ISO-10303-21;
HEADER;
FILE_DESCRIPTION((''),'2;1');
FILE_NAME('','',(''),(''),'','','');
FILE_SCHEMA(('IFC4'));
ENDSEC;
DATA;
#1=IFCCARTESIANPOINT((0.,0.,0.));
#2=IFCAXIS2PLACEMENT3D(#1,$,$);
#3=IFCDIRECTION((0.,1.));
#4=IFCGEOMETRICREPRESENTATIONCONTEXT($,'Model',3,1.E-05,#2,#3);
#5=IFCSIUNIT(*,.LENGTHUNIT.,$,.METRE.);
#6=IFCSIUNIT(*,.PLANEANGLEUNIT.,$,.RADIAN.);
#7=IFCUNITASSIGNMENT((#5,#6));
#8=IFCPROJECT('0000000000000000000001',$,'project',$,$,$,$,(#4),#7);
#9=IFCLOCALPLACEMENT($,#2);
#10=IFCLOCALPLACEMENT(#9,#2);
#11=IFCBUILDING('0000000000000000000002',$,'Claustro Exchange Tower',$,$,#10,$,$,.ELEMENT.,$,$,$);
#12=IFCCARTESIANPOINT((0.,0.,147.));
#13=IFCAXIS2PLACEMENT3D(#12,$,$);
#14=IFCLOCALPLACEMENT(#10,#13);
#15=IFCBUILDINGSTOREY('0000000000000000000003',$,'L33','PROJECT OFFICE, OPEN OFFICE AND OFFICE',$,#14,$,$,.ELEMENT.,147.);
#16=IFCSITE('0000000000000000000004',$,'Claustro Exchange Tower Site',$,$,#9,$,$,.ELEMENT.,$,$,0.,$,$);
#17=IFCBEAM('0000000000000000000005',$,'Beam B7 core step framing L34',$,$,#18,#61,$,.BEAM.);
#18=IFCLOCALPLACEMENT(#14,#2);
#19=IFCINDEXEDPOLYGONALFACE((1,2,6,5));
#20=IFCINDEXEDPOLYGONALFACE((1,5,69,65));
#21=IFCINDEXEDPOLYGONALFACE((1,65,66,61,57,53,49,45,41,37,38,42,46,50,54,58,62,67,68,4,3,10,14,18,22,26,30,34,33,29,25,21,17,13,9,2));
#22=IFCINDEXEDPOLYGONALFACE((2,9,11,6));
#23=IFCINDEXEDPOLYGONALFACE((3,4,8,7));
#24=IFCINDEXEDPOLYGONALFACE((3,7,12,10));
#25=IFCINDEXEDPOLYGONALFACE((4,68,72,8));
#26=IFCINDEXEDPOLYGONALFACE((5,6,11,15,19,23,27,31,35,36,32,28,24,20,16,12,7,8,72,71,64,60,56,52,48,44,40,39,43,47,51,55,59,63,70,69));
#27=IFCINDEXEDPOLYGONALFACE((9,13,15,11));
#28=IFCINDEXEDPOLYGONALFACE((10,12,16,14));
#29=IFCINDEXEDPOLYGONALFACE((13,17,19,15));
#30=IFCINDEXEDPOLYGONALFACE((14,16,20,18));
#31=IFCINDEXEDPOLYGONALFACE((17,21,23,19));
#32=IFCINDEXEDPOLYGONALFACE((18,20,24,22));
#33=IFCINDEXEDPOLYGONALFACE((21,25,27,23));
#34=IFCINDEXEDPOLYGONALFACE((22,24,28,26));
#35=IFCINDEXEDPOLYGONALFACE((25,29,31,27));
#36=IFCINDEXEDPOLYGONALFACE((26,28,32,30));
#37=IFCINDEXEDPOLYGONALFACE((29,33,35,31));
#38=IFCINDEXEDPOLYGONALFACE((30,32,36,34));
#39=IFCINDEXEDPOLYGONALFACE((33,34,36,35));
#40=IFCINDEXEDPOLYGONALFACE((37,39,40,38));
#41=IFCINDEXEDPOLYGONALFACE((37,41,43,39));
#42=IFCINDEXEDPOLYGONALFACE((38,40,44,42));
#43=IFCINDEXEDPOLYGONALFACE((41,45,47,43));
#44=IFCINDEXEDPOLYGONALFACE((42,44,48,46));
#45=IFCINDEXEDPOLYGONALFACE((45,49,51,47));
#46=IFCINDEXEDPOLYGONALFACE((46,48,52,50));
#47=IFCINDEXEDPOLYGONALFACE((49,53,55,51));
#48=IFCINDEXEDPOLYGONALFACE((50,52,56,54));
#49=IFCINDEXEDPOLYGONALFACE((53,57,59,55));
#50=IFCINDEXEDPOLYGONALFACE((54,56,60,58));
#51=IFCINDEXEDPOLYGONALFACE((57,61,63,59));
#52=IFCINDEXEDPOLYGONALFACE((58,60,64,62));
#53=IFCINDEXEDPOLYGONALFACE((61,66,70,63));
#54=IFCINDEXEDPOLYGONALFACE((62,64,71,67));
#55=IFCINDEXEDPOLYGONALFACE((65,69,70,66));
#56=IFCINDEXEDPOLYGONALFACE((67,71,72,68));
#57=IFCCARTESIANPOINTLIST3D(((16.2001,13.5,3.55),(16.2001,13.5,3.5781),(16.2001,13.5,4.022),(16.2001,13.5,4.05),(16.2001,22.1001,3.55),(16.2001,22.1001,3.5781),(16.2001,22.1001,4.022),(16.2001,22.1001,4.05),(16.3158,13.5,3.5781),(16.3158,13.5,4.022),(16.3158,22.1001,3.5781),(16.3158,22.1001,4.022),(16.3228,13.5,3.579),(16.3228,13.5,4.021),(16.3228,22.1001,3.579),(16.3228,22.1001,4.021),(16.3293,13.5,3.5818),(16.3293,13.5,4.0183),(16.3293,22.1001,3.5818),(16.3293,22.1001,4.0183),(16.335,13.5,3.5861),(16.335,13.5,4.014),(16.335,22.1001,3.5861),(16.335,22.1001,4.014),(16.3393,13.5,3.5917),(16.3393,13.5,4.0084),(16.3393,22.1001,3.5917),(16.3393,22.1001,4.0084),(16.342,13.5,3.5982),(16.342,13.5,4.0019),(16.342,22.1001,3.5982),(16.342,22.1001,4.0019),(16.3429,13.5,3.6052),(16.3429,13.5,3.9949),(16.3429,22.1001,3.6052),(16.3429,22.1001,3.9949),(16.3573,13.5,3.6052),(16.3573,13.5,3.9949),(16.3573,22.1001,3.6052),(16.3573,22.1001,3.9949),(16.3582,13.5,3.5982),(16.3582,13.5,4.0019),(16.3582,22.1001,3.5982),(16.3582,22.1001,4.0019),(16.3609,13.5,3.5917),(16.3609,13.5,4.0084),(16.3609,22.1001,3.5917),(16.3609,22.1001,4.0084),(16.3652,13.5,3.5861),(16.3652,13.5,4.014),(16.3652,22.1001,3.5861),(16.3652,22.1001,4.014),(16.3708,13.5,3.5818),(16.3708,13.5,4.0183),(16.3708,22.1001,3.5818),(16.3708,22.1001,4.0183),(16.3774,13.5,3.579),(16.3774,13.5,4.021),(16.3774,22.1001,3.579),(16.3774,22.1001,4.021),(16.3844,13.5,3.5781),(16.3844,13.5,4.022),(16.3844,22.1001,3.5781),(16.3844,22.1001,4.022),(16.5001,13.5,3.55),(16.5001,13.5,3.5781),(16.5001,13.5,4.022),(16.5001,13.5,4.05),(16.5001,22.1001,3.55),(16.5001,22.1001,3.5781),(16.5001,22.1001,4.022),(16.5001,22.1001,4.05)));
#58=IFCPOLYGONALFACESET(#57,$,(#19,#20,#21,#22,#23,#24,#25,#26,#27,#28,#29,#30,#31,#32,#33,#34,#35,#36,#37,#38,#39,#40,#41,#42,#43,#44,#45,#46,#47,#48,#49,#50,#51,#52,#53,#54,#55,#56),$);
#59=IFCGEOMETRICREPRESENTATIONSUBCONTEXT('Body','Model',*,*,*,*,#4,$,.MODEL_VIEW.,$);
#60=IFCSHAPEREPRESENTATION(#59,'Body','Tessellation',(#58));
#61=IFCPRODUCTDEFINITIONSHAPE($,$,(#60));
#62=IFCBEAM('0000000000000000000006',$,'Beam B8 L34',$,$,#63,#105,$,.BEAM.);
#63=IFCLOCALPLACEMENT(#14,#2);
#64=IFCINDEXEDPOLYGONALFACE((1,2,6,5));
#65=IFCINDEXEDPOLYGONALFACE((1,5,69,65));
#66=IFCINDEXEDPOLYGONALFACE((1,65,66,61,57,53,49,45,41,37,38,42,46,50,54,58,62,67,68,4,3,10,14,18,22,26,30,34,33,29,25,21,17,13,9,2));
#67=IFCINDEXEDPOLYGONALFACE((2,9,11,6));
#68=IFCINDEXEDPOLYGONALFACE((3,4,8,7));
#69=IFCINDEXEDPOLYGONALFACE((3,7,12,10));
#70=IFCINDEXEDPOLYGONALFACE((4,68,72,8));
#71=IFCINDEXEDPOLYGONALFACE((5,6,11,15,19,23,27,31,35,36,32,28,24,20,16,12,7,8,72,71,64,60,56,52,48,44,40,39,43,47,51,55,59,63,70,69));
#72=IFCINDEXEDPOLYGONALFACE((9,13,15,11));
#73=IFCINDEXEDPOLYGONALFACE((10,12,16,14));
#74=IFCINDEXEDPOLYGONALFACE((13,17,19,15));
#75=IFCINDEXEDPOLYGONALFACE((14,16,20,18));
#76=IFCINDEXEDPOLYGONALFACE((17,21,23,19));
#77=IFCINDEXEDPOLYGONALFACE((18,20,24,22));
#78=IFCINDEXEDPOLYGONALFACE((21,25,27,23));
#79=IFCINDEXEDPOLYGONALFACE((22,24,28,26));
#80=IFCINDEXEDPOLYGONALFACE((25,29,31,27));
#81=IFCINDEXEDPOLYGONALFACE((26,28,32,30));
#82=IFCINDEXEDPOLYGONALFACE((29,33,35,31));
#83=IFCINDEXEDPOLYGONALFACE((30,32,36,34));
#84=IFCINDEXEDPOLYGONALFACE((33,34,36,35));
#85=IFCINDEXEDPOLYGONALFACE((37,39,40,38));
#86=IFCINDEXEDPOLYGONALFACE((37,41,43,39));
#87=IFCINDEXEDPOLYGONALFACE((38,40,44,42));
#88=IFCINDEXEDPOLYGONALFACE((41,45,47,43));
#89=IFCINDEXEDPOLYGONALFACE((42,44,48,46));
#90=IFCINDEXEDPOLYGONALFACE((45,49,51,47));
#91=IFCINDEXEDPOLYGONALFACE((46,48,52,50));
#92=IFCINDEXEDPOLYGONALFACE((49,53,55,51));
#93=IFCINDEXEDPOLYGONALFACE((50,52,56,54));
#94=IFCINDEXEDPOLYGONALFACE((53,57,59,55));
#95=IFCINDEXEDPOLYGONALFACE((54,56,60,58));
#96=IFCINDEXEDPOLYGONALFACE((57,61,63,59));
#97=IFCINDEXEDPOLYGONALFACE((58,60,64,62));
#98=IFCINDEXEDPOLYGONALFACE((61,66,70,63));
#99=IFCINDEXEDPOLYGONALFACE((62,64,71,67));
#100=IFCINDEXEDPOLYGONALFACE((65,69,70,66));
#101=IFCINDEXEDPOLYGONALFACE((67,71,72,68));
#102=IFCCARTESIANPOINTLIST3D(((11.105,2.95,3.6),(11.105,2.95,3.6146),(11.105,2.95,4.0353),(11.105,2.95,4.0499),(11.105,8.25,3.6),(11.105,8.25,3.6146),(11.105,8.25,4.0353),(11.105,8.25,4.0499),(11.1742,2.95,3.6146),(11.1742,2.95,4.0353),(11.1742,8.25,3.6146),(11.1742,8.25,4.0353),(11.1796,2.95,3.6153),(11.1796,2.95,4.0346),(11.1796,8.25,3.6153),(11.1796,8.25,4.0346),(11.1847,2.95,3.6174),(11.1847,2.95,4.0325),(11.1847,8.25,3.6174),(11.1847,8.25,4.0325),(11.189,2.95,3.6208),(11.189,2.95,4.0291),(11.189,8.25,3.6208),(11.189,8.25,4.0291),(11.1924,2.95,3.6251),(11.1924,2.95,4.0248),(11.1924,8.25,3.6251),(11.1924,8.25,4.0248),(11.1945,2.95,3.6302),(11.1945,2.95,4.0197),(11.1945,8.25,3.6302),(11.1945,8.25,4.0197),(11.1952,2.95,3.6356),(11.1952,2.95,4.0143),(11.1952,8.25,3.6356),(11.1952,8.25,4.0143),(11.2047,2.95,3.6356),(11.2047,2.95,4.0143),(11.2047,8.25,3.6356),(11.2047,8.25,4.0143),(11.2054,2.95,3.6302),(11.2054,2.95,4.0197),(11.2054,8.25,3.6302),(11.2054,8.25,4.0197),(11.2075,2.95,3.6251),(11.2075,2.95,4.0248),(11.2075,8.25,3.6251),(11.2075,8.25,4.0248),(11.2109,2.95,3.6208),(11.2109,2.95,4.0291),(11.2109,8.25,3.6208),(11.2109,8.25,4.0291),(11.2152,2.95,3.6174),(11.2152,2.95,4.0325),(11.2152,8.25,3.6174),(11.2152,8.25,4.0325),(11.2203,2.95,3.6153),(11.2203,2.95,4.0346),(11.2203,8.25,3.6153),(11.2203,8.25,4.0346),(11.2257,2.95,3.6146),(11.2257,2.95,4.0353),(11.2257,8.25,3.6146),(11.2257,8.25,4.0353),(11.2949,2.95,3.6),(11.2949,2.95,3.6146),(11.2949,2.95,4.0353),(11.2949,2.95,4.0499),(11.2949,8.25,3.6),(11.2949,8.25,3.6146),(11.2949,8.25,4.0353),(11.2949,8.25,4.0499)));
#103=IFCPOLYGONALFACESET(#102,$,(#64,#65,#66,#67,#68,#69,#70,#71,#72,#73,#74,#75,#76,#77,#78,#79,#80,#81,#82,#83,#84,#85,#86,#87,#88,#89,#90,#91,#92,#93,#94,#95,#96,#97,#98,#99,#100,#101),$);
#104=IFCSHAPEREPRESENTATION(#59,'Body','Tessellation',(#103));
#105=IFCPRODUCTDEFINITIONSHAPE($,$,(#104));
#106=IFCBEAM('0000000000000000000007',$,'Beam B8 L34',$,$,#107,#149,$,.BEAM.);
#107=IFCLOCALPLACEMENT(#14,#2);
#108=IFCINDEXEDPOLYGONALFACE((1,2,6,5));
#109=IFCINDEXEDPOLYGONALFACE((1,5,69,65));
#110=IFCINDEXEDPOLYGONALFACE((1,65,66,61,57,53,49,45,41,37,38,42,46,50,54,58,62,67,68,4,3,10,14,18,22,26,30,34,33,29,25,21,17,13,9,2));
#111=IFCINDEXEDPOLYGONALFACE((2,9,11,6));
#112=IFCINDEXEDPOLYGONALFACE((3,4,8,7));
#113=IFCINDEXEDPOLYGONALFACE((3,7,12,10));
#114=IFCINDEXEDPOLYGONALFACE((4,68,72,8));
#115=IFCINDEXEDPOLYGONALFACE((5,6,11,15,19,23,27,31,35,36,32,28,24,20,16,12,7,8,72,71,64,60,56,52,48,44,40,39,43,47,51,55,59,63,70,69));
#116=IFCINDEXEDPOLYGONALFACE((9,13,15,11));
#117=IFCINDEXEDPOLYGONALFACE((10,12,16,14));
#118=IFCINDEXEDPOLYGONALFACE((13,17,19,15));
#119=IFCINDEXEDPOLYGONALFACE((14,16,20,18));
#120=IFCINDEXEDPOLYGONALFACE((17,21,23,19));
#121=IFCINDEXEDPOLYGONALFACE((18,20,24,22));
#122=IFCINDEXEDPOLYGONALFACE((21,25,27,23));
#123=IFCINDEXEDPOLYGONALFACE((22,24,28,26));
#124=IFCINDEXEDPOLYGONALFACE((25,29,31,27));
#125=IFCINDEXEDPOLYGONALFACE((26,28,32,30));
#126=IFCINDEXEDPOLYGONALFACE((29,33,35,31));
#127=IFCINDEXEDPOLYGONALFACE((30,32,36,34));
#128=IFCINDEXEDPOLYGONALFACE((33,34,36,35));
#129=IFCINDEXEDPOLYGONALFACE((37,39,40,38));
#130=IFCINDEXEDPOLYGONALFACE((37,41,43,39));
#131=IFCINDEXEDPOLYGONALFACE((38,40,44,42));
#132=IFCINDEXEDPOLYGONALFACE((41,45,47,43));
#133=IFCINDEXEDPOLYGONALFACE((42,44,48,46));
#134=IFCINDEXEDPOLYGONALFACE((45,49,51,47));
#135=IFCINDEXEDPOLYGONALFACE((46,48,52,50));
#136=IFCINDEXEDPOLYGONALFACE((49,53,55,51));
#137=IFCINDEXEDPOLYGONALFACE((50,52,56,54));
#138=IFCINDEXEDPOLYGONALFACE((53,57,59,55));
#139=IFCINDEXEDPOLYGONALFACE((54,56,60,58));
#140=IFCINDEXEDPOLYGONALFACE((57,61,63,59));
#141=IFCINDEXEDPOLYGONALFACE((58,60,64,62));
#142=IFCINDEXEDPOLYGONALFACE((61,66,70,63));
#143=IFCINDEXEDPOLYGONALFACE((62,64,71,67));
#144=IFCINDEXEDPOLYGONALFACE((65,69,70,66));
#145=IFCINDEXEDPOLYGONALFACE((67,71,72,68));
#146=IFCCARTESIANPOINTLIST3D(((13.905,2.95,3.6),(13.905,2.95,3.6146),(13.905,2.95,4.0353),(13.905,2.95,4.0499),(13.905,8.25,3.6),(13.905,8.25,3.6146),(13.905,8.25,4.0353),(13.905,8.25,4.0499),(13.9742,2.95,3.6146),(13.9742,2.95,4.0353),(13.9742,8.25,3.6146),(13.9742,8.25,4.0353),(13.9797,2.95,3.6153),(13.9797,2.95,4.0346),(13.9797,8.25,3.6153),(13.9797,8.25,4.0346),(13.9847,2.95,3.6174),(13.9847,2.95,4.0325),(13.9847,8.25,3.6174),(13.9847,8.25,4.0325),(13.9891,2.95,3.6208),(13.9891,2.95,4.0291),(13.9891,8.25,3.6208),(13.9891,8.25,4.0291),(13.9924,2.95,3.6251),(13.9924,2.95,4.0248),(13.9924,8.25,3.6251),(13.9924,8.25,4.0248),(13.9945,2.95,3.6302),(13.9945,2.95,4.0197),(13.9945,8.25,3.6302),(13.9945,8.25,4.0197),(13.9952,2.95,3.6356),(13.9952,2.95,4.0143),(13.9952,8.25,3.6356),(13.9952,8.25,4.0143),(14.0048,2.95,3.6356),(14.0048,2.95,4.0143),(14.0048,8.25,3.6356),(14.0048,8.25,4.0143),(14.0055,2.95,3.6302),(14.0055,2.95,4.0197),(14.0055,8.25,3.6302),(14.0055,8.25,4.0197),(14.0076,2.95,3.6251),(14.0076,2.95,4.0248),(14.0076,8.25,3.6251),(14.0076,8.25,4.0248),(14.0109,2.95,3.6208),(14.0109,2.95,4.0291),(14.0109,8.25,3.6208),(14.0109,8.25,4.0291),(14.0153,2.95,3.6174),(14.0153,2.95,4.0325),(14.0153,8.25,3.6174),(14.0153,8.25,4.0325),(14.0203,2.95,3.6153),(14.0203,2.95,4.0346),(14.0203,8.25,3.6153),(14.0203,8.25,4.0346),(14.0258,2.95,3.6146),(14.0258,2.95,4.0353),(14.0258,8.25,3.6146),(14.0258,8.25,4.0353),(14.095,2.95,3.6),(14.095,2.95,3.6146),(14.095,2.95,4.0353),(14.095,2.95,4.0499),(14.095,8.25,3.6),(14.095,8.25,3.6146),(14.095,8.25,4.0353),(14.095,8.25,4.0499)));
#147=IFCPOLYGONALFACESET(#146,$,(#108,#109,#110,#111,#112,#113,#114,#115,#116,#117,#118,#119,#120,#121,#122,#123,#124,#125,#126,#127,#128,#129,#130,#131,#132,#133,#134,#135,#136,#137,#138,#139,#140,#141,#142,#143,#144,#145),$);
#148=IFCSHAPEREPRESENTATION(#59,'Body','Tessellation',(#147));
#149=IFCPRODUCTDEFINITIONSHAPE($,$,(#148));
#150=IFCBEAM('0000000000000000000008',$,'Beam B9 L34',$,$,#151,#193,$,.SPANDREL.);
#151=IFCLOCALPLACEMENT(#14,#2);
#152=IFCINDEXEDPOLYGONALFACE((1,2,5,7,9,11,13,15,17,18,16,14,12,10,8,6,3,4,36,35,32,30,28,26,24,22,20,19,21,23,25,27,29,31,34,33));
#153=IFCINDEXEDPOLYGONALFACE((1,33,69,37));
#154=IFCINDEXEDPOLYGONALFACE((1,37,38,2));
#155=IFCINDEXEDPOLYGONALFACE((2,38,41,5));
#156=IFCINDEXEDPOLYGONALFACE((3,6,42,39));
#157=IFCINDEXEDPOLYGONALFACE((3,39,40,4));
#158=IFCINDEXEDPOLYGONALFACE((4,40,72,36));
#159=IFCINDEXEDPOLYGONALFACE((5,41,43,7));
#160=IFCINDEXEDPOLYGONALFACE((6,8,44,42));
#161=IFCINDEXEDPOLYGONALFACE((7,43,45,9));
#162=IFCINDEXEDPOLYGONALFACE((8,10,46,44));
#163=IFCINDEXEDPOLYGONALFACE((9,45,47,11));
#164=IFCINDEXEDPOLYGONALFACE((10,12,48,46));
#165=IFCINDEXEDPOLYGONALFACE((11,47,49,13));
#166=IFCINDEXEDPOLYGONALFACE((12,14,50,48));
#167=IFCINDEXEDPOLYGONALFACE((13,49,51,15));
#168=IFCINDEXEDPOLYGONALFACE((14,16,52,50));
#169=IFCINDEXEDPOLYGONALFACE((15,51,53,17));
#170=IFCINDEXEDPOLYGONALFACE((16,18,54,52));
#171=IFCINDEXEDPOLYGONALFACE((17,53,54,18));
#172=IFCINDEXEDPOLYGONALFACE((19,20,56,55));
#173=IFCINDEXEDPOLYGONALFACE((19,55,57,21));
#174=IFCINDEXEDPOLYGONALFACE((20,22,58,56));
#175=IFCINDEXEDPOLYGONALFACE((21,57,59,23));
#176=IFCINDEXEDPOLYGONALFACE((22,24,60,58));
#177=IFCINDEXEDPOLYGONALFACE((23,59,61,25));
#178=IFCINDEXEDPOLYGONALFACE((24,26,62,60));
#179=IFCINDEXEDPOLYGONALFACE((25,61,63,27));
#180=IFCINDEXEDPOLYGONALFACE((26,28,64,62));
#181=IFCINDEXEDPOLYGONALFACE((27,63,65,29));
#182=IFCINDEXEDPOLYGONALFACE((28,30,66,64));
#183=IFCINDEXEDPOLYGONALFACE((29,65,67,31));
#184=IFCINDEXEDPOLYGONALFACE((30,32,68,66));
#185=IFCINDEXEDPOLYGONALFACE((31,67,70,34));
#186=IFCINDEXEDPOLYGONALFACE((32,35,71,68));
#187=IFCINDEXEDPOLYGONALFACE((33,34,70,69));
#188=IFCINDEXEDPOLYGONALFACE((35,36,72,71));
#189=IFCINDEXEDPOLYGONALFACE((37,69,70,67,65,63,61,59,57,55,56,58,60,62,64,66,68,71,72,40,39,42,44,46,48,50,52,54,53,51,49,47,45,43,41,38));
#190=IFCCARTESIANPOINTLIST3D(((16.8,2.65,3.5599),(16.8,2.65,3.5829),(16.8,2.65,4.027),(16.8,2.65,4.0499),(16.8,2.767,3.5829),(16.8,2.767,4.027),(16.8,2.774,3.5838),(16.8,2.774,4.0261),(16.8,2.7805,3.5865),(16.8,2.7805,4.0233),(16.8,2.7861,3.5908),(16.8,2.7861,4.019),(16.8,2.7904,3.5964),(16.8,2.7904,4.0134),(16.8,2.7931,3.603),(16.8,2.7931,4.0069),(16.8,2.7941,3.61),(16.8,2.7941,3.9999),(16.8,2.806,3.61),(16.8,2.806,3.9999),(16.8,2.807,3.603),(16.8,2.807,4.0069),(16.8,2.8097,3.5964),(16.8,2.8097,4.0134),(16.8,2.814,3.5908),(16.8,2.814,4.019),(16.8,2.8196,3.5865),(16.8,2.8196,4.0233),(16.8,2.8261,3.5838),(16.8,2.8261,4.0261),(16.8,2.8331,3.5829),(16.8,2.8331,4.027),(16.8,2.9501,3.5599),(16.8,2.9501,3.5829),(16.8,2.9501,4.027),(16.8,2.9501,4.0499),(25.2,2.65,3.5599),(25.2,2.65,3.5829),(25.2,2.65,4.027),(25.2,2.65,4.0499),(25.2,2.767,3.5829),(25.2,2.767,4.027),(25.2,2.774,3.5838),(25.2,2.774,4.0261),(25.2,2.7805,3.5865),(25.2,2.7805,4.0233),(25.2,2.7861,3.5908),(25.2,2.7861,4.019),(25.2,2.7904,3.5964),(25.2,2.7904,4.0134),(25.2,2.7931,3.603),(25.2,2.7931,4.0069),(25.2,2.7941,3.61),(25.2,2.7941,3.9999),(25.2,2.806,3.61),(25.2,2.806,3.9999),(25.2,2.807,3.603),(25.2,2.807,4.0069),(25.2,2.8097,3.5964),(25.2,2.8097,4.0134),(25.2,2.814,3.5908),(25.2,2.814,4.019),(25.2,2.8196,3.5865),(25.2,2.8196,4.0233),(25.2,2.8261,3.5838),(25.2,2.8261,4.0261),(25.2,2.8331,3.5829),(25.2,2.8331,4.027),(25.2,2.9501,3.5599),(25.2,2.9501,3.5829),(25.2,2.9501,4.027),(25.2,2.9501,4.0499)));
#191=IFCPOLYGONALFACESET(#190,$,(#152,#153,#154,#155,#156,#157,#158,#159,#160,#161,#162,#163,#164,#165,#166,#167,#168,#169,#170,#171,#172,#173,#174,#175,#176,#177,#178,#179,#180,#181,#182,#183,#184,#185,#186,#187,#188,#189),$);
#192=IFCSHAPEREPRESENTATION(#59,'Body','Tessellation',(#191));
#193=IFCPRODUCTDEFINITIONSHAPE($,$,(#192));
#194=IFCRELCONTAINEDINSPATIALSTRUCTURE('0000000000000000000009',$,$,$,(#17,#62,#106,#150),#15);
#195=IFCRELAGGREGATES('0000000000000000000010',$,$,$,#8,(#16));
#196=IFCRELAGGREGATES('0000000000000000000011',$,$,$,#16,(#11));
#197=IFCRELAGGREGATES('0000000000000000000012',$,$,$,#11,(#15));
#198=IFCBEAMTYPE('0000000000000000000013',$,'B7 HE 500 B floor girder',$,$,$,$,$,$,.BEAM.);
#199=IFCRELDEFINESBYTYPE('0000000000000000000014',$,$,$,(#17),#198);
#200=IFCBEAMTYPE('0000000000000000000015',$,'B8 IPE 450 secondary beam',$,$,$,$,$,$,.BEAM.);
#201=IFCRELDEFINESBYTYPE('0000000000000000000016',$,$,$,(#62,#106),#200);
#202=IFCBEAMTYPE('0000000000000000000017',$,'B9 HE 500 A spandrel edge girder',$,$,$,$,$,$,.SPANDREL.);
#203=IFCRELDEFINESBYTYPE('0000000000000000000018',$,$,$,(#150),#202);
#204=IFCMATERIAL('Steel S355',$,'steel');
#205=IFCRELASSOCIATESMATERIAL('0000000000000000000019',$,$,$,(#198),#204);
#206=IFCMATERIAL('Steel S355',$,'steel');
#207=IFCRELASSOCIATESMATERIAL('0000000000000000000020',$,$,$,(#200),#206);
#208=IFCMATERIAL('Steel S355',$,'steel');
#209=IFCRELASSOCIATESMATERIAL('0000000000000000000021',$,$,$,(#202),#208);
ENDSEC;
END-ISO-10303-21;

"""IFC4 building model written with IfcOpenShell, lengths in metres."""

from ifc_helpers import new_model, si_unit, direction, frame, origin, origin_2d, place, context, subcontext, project, spatial, i_section, extrude, material, material_profile, profile_set, type_object, element, save


model = new_model("IFC4")

# Units and contexts
model_context = context("Model", 3, precision=1e-05, world=origin(), true_north=direction((0.0, 1.0)))
body_context = subcontext(model_context, "Body", "Model", "MODEL_VIEW")
ifc_project = project(units=[si_unit("LENGTHUNIT", "METRE"), si_unit("PLANEANGLEUNIT", "RADIAN")], contexts=[model_context])

# Site, building, storey
site_placement = place(None, origin())
site = spatial("IfcSite", under=ifc_project, at=site_placement, Name="Claustro Exchange Tower Site", CompositionType="ELEMENT", RefElevation=0.0)
building_placement = place(site_placement, origin())
building = spatial("IfcBuilding", under=site, at=building_placement, Name="Claustro Exchange Tower", CompositionType="ELEMENT")
storey_placement = place(building_placement, frame((0.0, 0.0, 147.0)))
storey = spatial("IfcBuildingStorey", under=building, at=storey_placement, Name="L33", Description="PROJECT OFFICE, OPEN OFFICE AND OFFICE", CompositionType="ELEMENT", Elevation=147.0)

# Beams
ifc_material_1 = material(Name="Steel S355", Category="steel")
ifc_material_profile_1 = material_profile(ifc_material_1, i_section(OverallWidth=0.3, OverallDepth=0.5, WebThickness=0.0144, FlangeThickness=0.0281, FilletRadius=0.0271, at=origin_2d()), Name="HE 500 B")
ifc_profile_set_1 = profile_set([ifc_material_profile_1], Name="Steel S355")
beam_type_1 = type_object("IfcBeamType", Name="B7 HE 500 B floor girder", PredefinedType="BEAM", material=ifc_profile_set_1)
beam_1_placement = place(storey_placement, frame((16.3501, 13.5, 3.8), z_axis=(0.0, 1.0, 0.0), x_axis=(-1.0, 0.0, 0.0)))
element("IfcBeam", 1, at=beam_1_placement, inside=storey, type_object=beam_type_1, Name="Beam B7 core step framing L34", PredefinedType="BEAM", context=body_context, shape_type="SweptSolid", body=[
    extrude(i_section(OverallWidth=0.3, OverallDepth=0.5, WebThickness=0.0144, FlangeThickness=0.0281, FilletRadius=0.0271, at=origin_2d()), origin(), (0.0, 0.0, 1.0), 8.6001),
])
ifc_material_2 = material(Name="Steel S355", Category="steel")
ifc_material_profile_2 = material_profile(ifc_material_2, i_section(OverallWidth=0.1899, OverallDepth=0.45, WebThickness=0.0095, FlangeThickness=0.0146, FilletRadius=0.021, at=origin_2d()), Name="IPE 450")
ifc_profile_set_2 = profile_set([ifc_material_profile_2], Name="Steel S355")
beam_type_2 = type_object("IfcBeamType", Name="B8 IPE 450 secondary beam", PredefinedType="BEAM", material=ifc_profile_set_2)
for number, where, z_axis, x_axis, name in (
    (2, (11.2, 2.95, 3.825), (0.0, 1.0, 0.0), (-1.0, 0.0, 0.0), "Beam B8 L34"),
    (3, (14.0, 2.95, 3.825), (0.0, 1.0, 0.0), (-1.0, 0.0, 0.0), "Beam B8 L34"),
):
    element("IfcBeam", number, at=place(storey_placement, frame(where, z_axis=z_axis, x_axis=x_axis)), inside=storey, type_object=beam_type_2, Name=name, PredefinedType="BEAM", context=body_context, shape_type="SweptSolid", body=[
        extrude(i_section(OverallWidth=0.1899, OverallDepth=0.45, WebThickness=0.0095, FlangeThickness=0.0146, FilletRadius=0.021, at=origin_2d()), origin(), (0.0, 0.0, 1.0), 5.3),
    ])
ifc_material_3 = material(Name="Steel S355", Category="steel")
ifc_material_profile_3 = material_profile(ifc_material_3, i_section(OverallWidth=0.3, OverallDepth=0.49, WebThickness=0.012, FlangeThickness=0.0229, FilletRadius=0.0271, at=origin_2d()), Name="HE 500 A")
ifc_profile_set_3 = profile_set([ifc_material_profile_3], Name="Steel S355")
beam_type_3 = type_object("IfcBeamType", Name="B9 HE 500 A spandrel edge girder", PredefinedType="SPANDREL", material=ifc_profile_set_3)
beam_2_placement = place(storey_placement, frame((16.8, 2.8, 3.8049), z_axis=(1.0, 0.0, 0.0), x_axis=(0.0, 1.0, 0.0)))
element("IfcBeam", 4, at=beam_2_placement, inside=storey, type_object=beam_type_3, Name="Beam B9 L34", PredefinedType="SPANDREL", context=body_context, shape_type="SweptSolid", body=[
    extrude(i_section(OverallWidth=0.3, OverallDepth=0.49, WebThickness=0.012, FlangeThickness=0.0229, FilletRadius=0.0271, at=origin_2d()), origin(), (0.0, 0.0, 1.0), 8.3999),
])

save(model, "model.ifc")
